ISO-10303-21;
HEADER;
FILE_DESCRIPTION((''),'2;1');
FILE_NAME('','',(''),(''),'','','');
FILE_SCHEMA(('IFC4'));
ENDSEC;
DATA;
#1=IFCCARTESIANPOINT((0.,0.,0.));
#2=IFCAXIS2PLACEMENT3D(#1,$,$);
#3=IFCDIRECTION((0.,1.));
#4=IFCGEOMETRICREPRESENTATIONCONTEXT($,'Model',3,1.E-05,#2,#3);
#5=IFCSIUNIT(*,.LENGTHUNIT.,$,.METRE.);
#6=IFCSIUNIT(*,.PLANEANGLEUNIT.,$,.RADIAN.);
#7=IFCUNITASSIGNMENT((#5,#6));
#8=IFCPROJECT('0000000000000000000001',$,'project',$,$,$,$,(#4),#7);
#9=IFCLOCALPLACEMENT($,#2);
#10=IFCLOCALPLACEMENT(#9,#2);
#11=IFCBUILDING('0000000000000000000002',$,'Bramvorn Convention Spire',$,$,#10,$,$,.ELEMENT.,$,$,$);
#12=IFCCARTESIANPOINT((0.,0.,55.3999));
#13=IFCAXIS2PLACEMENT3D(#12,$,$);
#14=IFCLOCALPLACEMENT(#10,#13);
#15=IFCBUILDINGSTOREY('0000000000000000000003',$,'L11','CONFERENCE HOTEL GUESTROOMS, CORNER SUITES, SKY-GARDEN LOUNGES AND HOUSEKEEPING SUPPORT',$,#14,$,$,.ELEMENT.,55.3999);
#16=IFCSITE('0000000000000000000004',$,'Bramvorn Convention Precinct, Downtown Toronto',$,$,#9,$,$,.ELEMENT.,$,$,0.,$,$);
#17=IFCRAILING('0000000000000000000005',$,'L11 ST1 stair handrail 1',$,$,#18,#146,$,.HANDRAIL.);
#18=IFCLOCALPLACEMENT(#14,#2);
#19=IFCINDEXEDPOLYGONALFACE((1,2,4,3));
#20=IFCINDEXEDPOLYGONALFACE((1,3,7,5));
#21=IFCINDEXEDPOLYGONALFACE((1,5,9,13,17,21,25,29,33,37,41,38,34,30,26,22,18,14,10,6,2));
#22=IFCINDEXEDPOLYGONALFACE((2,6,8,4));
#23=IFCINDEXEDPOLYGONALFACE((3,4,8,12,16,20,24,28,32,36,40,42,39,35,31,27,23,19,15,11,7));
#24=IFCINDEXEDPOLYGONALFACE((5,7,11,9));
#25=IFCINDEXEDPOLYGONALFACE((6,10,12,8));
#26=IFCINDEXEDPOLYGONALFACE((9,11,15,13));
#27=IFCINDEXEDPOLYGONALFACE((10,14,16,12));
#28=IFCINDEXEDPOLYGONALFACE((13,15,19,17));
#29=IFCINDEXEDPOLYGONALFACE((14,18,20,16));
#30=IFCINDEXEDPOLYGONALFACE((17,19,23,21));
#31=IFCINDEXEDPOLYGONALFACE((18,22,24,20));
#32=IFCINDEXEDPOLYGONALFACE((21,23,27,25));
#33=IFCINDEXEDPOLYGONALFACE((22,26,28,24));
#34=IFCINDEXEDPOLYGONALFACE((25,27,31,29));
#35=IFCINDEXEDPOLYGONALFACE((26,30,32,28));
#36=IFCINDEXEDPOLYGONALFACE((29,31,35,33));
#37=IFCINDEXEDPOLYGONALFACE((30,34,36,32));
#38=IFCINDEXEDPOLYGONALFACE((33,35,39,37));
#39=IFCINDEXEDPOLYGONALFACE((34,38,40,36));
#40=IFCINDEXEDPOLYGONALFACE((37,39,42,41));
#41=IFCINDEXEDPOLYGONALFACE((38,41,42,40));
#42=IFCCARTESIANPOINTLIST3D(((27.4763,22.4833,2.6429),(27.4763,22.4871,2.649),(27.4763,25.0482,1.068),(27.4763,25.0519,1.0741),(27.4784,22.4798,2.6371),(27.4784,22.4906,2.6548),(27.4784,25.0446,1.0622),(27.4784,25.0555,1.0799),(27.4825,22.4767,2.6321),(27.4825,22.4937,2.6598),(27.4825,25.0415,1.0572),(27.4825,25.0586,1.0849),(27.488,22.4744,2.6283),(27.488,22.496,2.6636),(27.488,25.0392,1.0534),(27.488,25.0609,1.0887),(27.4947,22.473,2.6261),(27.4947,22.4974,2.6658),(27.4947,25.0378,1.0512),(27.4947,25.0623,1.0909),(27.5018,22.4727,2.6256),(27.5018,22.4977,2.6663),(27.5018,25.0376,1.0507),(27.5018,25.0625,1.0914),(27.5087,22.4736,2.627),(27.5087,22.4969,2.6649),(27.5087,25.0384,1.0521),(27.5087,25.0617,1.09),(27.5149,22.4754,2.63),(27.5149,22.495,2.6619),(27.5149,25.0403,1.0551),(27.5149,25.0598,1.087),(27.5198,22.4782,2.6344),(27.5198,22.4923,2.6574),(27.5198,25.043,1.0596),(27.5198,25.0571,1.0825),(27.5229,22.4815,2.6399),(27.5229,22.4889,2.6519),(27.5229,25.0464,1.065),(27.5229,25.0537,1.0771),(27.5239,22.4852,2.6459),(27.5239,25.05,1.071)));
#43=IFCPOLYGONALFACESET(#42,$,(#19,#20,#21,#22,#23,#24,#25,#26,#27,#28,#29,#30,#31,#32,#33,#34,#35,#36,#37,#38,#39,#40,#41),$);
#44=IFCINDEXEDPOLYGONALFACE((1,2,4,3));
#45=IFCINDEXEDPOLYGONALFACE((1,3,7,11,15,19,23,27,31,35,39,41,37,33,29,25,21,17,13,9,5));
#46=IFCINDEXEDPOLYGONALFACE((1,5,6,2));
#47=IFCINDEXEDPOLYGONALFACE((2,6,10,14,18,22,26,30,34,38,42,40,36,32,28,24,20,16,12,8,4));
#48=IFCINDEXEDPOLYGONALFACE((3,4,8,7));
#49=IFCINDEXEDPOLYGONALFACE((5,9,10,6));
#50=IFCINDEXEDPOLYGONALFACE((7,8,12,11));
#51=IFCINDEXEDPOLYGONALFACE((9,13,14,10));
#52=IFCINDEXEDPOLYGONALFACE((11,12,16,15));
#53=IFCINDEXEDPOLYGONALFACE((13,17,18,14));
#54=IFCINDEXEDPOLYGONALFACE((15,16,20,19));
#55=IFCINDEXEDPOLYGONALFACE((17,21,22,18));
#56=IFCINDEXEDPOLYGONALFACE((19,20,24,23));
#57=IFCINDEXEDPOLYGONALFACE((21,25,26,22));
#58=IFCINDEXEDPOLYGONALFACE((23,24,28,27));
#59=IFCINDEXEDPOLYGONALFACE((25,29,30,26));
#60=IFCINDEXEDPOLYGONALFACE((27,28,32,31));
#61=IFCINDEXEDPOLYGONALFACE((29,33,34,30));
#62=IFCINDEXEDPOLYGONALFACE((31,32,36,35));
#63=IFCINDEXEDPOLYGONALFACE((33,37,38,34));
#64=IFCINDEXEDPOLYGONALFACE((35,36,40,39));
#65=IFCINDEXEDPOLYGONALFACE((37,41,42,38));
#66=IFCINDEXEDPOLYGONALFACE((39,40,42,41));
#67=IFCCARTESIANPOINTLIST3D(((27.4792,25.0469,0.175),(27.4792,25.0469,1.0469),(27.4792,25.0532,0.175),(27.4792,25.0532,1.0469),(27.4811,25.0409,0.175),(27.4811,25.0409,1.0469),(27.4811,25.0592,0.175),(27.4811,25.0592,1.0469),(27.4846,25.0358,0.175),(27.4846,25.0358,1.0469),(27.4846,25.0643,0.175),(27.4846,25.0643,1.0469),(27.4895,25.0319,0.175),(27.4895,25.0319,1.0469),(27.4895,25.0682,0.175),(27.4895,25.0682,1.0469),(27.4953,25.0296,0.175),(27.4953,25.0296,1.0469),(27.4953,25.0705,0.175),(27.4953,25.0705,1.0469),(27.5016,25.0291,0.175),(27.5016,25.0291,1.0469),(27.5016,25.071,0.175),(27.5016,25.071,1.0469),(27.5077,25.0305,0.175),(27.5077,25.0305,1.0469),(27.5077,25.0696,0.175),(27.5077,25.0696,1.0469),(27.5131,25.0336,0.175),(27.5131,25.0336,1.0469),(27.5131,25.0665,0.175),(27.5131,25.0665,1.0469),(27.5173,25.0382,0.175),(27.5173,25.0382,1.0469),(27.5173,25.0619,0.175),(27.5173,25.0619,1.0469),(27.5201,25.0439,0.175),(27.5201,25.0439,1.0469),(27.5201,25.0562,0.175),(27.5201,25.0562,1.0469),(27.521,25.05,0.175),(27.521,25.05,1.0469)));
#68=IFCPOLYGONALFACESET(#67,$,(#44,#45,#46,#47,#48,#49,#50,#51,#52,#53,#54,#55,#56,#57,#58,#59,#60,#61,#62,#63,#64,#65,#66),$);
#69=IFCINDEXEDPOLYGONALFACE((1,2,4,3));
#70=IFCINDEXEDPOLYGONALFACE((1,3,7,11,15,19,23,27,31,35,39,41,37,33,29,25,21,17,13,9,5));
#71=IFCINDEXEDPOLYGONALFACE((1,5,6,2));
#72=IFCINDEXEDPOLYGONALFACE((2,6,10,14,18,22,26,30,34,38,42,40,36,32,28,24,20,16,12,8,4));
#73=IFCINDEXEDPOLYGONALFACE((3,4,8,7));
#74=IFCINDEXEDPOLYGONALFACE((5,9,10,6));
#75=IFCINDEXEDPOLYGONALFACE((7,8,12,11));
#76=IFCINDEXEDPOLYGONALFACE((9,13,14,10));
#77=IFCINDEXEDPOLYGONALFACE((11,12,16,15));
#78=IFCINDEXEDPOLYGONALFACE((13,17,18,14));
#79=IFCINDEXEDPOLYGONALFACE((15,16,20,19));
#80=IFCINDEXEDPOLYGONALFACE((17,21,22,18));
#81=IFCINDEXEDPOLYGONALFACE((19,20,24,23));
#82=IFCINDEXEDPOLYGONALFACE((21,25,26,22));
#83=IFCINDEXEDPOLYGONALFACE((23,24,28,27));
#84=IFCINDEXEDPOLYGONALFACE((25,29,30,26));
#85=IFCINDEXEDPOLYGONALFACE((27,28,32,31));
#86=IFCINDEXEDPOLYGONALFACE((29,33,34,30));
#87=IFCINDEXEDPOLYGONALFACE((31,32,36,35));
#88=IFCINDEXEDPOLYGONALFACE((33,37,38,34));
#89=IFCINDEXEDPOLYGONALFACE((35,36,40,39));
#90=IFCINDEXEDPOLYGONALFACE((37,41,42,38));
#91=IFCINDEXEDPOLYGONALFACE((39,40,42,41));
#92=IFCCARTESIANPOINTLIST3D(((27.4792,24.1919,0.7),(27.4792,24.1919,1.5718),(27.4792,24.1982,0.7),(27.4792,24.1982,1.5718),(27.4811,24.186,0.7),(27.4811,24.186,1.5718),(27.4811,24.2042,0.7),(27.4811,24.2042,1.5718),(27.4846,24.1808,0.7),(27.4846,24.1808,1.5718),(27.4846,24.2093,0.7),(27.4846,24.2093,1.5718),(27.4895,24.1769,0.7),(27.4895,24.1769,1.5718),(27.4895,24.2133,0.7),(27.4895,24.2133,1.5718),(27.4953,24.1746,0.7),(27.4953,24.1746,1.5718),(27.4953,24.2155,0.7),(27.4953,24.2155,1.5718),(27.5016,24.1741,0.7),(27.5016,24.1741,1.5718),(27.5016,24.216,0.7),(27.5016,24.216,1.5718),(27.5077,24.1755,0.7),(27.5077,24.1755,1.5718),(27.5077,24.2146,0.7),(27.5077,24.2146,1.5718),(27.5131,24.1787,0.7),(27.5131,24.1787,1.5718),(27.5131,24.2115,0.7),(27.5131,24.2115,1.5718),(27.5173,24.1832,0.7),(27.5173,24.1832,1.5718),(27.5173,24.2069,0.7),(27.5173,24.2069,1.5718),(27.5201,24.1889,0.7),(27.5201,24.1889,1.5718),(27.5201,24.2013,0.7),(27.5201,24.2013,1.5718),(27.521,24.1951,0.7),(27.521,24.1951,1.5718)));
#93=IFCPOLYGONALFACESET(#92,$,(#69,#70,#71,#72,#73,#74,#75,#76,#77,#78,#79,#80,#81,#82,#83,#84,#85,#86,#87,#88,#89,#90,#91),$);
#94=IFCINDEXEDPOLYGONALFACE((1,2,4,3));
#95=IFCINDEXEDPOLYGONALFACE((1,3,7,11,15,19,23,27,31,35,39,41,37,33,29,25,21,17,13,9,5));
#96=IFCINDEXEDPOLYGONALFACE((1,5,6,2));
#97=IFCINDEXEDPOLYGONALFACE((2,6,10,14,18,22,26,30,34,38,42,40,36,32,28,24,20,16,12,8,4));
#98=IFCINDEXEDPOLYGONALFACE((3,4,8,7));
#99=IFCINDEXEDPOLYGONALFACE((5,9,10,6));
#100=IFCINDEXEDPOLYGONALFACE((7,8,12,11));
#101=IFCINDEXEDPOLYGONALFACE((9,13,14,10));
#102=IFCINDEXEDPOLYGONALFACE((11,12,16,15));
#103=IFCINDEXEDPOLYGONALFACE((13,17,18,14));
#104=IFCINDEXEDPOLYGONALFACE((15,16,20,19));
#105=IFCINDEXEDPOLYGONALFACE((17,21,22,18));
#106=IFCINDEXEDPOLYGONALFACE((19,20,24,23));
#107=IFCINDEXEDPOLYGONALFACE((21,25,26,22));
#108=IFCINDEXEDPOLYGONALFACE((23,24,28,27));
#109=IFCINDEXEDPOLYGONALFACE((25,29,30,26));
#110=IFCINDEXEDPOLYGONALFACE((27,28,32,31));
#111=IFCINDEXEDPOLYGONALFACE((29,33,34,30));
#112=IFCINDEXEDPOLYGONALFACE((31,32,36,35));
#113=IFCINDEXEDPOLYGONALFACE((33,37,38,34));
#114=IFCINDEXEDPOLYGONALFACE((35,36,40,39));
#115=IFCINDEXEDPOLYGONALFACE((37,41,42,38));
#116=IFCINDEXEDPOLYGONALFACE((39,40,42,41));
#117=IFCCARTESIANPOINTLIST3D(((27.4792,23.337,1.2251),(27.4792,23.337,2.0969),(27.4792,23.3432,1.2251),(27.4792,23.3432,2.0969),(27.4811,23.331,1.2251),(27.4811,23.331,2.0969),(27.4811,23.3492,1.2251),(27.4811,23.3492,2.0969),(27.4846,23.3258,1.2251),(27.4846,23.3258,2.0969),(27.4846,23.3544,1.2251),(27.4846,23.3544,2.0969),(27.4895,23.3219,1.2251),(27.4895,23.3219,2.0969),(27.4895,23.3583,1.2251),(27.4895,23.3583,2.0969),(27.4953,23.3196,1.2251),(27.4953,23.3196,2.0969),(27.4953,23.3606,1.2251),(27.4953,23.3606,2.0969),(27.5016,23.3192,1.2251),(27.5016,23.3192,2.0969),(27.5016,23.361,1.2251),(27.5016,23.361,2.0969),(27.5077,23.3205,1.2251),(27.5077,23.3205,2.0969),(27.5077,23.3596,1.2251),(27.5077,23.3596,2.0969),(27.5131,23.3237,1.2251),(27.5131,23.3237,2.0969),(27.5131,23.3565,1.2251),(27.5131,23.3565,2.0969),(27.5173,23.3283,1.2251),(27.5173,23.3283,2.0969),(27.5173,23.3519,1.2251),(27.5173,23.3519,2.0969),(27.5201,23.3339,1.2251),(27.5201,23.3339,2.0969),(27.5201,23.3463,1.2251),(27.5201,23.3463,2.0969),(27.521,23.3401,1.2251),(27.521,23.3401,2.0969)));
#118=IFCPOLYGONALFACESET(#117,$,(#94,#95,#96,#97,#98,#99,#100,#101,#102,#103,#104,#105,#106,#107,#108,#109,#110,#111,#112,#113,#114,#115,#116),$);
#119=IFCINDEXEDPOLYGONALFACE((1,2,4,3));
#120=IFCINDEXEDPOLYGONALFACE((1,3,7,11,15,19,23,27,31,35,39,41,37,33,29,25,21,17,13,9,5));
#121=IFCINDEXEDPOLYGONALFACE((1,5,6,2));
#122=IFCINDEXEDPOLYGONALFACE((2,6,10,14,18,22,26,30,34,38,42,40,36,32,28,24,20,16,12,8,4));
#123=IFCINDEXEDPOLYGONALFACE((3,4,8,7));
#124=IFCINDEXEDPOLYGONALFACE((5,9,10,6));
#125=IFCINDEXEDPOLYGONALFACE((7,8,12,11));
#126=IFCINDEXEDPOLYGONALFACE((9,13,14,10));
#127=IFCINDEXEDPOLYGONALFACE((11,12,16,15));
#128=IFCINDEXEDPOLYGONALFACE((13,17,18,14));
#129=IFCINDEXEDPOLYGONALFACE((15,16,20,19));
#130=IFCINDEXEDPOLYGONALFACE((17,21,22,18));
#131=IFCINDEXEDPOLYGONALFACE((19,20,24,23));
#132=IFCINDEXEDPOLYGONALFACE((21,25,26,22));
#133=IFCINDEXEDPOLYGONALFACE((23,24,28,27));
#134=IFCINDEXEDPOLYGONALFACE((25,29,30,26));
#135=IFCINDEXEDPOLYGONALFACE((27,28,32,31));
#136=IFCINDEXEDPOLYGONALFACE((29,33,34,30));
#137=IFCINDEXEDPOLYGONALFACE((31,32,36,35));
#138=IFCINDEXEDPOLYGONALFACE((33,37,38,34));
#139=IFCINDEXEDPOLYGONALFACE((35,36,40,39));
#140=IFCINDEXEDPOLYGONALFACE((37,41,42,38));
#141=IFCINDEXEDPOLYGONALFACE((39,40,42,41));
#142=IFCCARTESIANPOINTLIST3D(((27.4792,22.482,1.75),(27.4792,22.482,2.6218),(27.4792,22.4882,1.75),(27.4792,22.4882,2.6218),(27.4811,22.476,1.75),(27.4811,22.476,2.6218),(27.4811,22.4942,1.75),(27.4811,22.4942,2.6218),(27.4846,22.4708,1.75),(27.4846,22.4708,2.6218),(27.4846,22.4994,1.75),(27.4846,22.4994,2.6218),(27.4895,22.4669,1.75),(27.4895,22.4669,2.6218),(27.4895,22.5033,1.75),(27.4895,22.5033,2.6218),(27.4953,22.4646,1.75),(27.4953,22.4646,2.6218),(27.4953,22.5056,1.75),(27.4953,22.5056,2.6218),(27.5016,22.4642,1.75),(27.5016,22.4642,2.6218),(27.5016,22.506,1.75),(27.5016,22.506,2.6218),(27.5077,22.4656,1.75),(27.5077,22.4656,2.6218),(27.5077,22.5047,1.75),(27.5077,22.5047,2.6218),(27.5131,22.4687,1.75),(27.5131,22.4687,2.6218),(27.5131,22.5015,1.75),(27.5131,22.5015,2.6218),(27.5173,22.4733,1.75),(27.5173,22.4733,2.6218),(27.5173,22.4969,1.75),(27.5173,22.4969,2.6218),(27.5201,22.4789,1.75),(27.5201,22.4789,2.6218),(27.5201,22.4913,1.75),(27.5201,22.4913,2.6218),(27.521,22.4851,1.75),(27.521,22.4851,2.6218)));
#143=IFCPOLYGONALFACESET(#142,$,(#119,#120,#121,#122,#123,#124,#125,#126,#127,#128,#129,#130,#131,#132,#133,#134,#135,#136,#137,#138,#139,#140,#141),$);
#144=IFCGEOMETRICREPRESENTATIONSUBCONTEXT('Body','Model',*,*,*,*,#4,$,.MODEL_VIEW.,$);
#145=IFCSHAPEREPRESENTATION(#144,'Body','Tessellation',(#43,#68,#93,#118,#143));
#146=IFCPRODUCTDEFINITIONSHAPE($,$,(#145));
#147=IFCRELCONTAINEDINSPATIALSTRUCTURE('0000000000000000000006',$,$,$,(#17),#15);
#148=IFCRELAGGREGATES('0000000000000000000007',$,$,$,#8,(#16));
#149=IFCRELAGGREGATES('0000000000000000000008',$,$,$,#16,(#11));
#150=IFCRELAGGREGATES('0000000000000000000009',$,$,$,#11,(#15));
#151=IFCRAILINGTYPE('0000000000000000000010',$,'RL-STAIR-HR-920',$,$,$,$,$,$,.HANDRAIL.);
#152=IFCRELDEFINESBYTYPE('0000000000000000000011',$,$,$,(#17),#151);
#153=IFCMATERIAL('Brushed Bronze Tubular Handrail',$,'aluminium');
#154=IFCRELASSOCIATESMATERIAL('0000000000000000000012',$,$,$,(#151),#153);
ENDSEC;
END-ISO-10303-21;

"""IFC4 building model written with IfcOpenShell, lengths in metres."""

from ifc_helpers import new_model, si_unit, direction, frame, origin, origin_2d, place, context, subcontext, project, spatial, circle, extrude, material, type_object, element, save


model = new_model("IFC4")

# Units and contexts
model_context = context("Model", 3, precision=1e-05, world=origin(), true_north=direction((0.0, 1.0)))
body_context = subcontext(model_context, "Body", "Model", "MODEL_VIEW")
ifc_project = project(units=[si_unit("LENGTHUNIT", "METRE"), si_unit("PLANEANGLEUNIT", "RADIAN")], contexts=[model_context])

# Site, building, storey
site_placement = place(None, origin())
site = spatial("IfcSite", under=ifc_project, at=site_placement, Name="Bramvorn Convention Precinct, Downtown Toronto", CompositionType="ELEMENT", RefElevation=0.0)
building_placement = place(site_placement, origin())
building = spatial("IfcBuilding", under=site, at=building_placement, Name="Bramvorn Convention Spire", CompositionType="ELEMENT")
storey_placement = place(building_placement, frame((0.0, 0.0, 55.3999)))
storey = spatial("IfcBuildingStorey", under=building, at=storey_placement, Name="L11", Description="CONFERENCE HOTEL GUESTROOMS, CORNER SUITES, SKY-GARDEN LOUNGES AND HOUSEKEEPING SUPPORT", CompositionType="ELEMENT", Elevation=55.3999)

# Railing
ifc_material_1 = material(Name="Brushed Bronze Tubular Handrail", Category="aluminium")
railing_type_1 = type_object("IfcRailingType", Name="RL-STAIR-HR-920", PredefinedType="HANDRAIL", material=ifc_material_1)
railing_1_placement = place(storey_placement, frame((27.5, 25.05, 0.175)))
element("IfcRailing", 1, at=railing_1_placement, inside=storey, type_object=railing_type_1, Name="L11 ST1 stair handrail 1", PredefinedType="HANDRAIL", context=body_context, shape_type="SweptSolid", body=[
    extrude(circle(Radius=0.0239, at=origin_2d()), frame((0.0, 0.0, 0.896), z_axis=(0.0, -0.852173, 0.52326), x_axis=(1.0, 0.0, 0.0)), (0.0, 0.0, 1.0), 3.0098),
    extrude(circle(Radius=0.021, at=origin_2d()), origin(), (0.0, 0.0, 1.0), 0.8718),
    extrude(circle(Radius=0.021, at=origin_2d()), frame((0.0, -0.855, 0.5249)), (0.0, 0.0, 1.0), 0.8718),
    extrude(circle(Radius=0.021, at=origin_2d()), frame((0.0, -1.71, 1.05)), (0.0, 0.0, 1.0), 0.8718),
    extrude(circle(Radius=0.021, at=origin_2d()), frame((0.0, -2.5649, 1.575)), (0.0, 0.0, 1.0), 0.8718),
])

save(model, "model.ifc")
